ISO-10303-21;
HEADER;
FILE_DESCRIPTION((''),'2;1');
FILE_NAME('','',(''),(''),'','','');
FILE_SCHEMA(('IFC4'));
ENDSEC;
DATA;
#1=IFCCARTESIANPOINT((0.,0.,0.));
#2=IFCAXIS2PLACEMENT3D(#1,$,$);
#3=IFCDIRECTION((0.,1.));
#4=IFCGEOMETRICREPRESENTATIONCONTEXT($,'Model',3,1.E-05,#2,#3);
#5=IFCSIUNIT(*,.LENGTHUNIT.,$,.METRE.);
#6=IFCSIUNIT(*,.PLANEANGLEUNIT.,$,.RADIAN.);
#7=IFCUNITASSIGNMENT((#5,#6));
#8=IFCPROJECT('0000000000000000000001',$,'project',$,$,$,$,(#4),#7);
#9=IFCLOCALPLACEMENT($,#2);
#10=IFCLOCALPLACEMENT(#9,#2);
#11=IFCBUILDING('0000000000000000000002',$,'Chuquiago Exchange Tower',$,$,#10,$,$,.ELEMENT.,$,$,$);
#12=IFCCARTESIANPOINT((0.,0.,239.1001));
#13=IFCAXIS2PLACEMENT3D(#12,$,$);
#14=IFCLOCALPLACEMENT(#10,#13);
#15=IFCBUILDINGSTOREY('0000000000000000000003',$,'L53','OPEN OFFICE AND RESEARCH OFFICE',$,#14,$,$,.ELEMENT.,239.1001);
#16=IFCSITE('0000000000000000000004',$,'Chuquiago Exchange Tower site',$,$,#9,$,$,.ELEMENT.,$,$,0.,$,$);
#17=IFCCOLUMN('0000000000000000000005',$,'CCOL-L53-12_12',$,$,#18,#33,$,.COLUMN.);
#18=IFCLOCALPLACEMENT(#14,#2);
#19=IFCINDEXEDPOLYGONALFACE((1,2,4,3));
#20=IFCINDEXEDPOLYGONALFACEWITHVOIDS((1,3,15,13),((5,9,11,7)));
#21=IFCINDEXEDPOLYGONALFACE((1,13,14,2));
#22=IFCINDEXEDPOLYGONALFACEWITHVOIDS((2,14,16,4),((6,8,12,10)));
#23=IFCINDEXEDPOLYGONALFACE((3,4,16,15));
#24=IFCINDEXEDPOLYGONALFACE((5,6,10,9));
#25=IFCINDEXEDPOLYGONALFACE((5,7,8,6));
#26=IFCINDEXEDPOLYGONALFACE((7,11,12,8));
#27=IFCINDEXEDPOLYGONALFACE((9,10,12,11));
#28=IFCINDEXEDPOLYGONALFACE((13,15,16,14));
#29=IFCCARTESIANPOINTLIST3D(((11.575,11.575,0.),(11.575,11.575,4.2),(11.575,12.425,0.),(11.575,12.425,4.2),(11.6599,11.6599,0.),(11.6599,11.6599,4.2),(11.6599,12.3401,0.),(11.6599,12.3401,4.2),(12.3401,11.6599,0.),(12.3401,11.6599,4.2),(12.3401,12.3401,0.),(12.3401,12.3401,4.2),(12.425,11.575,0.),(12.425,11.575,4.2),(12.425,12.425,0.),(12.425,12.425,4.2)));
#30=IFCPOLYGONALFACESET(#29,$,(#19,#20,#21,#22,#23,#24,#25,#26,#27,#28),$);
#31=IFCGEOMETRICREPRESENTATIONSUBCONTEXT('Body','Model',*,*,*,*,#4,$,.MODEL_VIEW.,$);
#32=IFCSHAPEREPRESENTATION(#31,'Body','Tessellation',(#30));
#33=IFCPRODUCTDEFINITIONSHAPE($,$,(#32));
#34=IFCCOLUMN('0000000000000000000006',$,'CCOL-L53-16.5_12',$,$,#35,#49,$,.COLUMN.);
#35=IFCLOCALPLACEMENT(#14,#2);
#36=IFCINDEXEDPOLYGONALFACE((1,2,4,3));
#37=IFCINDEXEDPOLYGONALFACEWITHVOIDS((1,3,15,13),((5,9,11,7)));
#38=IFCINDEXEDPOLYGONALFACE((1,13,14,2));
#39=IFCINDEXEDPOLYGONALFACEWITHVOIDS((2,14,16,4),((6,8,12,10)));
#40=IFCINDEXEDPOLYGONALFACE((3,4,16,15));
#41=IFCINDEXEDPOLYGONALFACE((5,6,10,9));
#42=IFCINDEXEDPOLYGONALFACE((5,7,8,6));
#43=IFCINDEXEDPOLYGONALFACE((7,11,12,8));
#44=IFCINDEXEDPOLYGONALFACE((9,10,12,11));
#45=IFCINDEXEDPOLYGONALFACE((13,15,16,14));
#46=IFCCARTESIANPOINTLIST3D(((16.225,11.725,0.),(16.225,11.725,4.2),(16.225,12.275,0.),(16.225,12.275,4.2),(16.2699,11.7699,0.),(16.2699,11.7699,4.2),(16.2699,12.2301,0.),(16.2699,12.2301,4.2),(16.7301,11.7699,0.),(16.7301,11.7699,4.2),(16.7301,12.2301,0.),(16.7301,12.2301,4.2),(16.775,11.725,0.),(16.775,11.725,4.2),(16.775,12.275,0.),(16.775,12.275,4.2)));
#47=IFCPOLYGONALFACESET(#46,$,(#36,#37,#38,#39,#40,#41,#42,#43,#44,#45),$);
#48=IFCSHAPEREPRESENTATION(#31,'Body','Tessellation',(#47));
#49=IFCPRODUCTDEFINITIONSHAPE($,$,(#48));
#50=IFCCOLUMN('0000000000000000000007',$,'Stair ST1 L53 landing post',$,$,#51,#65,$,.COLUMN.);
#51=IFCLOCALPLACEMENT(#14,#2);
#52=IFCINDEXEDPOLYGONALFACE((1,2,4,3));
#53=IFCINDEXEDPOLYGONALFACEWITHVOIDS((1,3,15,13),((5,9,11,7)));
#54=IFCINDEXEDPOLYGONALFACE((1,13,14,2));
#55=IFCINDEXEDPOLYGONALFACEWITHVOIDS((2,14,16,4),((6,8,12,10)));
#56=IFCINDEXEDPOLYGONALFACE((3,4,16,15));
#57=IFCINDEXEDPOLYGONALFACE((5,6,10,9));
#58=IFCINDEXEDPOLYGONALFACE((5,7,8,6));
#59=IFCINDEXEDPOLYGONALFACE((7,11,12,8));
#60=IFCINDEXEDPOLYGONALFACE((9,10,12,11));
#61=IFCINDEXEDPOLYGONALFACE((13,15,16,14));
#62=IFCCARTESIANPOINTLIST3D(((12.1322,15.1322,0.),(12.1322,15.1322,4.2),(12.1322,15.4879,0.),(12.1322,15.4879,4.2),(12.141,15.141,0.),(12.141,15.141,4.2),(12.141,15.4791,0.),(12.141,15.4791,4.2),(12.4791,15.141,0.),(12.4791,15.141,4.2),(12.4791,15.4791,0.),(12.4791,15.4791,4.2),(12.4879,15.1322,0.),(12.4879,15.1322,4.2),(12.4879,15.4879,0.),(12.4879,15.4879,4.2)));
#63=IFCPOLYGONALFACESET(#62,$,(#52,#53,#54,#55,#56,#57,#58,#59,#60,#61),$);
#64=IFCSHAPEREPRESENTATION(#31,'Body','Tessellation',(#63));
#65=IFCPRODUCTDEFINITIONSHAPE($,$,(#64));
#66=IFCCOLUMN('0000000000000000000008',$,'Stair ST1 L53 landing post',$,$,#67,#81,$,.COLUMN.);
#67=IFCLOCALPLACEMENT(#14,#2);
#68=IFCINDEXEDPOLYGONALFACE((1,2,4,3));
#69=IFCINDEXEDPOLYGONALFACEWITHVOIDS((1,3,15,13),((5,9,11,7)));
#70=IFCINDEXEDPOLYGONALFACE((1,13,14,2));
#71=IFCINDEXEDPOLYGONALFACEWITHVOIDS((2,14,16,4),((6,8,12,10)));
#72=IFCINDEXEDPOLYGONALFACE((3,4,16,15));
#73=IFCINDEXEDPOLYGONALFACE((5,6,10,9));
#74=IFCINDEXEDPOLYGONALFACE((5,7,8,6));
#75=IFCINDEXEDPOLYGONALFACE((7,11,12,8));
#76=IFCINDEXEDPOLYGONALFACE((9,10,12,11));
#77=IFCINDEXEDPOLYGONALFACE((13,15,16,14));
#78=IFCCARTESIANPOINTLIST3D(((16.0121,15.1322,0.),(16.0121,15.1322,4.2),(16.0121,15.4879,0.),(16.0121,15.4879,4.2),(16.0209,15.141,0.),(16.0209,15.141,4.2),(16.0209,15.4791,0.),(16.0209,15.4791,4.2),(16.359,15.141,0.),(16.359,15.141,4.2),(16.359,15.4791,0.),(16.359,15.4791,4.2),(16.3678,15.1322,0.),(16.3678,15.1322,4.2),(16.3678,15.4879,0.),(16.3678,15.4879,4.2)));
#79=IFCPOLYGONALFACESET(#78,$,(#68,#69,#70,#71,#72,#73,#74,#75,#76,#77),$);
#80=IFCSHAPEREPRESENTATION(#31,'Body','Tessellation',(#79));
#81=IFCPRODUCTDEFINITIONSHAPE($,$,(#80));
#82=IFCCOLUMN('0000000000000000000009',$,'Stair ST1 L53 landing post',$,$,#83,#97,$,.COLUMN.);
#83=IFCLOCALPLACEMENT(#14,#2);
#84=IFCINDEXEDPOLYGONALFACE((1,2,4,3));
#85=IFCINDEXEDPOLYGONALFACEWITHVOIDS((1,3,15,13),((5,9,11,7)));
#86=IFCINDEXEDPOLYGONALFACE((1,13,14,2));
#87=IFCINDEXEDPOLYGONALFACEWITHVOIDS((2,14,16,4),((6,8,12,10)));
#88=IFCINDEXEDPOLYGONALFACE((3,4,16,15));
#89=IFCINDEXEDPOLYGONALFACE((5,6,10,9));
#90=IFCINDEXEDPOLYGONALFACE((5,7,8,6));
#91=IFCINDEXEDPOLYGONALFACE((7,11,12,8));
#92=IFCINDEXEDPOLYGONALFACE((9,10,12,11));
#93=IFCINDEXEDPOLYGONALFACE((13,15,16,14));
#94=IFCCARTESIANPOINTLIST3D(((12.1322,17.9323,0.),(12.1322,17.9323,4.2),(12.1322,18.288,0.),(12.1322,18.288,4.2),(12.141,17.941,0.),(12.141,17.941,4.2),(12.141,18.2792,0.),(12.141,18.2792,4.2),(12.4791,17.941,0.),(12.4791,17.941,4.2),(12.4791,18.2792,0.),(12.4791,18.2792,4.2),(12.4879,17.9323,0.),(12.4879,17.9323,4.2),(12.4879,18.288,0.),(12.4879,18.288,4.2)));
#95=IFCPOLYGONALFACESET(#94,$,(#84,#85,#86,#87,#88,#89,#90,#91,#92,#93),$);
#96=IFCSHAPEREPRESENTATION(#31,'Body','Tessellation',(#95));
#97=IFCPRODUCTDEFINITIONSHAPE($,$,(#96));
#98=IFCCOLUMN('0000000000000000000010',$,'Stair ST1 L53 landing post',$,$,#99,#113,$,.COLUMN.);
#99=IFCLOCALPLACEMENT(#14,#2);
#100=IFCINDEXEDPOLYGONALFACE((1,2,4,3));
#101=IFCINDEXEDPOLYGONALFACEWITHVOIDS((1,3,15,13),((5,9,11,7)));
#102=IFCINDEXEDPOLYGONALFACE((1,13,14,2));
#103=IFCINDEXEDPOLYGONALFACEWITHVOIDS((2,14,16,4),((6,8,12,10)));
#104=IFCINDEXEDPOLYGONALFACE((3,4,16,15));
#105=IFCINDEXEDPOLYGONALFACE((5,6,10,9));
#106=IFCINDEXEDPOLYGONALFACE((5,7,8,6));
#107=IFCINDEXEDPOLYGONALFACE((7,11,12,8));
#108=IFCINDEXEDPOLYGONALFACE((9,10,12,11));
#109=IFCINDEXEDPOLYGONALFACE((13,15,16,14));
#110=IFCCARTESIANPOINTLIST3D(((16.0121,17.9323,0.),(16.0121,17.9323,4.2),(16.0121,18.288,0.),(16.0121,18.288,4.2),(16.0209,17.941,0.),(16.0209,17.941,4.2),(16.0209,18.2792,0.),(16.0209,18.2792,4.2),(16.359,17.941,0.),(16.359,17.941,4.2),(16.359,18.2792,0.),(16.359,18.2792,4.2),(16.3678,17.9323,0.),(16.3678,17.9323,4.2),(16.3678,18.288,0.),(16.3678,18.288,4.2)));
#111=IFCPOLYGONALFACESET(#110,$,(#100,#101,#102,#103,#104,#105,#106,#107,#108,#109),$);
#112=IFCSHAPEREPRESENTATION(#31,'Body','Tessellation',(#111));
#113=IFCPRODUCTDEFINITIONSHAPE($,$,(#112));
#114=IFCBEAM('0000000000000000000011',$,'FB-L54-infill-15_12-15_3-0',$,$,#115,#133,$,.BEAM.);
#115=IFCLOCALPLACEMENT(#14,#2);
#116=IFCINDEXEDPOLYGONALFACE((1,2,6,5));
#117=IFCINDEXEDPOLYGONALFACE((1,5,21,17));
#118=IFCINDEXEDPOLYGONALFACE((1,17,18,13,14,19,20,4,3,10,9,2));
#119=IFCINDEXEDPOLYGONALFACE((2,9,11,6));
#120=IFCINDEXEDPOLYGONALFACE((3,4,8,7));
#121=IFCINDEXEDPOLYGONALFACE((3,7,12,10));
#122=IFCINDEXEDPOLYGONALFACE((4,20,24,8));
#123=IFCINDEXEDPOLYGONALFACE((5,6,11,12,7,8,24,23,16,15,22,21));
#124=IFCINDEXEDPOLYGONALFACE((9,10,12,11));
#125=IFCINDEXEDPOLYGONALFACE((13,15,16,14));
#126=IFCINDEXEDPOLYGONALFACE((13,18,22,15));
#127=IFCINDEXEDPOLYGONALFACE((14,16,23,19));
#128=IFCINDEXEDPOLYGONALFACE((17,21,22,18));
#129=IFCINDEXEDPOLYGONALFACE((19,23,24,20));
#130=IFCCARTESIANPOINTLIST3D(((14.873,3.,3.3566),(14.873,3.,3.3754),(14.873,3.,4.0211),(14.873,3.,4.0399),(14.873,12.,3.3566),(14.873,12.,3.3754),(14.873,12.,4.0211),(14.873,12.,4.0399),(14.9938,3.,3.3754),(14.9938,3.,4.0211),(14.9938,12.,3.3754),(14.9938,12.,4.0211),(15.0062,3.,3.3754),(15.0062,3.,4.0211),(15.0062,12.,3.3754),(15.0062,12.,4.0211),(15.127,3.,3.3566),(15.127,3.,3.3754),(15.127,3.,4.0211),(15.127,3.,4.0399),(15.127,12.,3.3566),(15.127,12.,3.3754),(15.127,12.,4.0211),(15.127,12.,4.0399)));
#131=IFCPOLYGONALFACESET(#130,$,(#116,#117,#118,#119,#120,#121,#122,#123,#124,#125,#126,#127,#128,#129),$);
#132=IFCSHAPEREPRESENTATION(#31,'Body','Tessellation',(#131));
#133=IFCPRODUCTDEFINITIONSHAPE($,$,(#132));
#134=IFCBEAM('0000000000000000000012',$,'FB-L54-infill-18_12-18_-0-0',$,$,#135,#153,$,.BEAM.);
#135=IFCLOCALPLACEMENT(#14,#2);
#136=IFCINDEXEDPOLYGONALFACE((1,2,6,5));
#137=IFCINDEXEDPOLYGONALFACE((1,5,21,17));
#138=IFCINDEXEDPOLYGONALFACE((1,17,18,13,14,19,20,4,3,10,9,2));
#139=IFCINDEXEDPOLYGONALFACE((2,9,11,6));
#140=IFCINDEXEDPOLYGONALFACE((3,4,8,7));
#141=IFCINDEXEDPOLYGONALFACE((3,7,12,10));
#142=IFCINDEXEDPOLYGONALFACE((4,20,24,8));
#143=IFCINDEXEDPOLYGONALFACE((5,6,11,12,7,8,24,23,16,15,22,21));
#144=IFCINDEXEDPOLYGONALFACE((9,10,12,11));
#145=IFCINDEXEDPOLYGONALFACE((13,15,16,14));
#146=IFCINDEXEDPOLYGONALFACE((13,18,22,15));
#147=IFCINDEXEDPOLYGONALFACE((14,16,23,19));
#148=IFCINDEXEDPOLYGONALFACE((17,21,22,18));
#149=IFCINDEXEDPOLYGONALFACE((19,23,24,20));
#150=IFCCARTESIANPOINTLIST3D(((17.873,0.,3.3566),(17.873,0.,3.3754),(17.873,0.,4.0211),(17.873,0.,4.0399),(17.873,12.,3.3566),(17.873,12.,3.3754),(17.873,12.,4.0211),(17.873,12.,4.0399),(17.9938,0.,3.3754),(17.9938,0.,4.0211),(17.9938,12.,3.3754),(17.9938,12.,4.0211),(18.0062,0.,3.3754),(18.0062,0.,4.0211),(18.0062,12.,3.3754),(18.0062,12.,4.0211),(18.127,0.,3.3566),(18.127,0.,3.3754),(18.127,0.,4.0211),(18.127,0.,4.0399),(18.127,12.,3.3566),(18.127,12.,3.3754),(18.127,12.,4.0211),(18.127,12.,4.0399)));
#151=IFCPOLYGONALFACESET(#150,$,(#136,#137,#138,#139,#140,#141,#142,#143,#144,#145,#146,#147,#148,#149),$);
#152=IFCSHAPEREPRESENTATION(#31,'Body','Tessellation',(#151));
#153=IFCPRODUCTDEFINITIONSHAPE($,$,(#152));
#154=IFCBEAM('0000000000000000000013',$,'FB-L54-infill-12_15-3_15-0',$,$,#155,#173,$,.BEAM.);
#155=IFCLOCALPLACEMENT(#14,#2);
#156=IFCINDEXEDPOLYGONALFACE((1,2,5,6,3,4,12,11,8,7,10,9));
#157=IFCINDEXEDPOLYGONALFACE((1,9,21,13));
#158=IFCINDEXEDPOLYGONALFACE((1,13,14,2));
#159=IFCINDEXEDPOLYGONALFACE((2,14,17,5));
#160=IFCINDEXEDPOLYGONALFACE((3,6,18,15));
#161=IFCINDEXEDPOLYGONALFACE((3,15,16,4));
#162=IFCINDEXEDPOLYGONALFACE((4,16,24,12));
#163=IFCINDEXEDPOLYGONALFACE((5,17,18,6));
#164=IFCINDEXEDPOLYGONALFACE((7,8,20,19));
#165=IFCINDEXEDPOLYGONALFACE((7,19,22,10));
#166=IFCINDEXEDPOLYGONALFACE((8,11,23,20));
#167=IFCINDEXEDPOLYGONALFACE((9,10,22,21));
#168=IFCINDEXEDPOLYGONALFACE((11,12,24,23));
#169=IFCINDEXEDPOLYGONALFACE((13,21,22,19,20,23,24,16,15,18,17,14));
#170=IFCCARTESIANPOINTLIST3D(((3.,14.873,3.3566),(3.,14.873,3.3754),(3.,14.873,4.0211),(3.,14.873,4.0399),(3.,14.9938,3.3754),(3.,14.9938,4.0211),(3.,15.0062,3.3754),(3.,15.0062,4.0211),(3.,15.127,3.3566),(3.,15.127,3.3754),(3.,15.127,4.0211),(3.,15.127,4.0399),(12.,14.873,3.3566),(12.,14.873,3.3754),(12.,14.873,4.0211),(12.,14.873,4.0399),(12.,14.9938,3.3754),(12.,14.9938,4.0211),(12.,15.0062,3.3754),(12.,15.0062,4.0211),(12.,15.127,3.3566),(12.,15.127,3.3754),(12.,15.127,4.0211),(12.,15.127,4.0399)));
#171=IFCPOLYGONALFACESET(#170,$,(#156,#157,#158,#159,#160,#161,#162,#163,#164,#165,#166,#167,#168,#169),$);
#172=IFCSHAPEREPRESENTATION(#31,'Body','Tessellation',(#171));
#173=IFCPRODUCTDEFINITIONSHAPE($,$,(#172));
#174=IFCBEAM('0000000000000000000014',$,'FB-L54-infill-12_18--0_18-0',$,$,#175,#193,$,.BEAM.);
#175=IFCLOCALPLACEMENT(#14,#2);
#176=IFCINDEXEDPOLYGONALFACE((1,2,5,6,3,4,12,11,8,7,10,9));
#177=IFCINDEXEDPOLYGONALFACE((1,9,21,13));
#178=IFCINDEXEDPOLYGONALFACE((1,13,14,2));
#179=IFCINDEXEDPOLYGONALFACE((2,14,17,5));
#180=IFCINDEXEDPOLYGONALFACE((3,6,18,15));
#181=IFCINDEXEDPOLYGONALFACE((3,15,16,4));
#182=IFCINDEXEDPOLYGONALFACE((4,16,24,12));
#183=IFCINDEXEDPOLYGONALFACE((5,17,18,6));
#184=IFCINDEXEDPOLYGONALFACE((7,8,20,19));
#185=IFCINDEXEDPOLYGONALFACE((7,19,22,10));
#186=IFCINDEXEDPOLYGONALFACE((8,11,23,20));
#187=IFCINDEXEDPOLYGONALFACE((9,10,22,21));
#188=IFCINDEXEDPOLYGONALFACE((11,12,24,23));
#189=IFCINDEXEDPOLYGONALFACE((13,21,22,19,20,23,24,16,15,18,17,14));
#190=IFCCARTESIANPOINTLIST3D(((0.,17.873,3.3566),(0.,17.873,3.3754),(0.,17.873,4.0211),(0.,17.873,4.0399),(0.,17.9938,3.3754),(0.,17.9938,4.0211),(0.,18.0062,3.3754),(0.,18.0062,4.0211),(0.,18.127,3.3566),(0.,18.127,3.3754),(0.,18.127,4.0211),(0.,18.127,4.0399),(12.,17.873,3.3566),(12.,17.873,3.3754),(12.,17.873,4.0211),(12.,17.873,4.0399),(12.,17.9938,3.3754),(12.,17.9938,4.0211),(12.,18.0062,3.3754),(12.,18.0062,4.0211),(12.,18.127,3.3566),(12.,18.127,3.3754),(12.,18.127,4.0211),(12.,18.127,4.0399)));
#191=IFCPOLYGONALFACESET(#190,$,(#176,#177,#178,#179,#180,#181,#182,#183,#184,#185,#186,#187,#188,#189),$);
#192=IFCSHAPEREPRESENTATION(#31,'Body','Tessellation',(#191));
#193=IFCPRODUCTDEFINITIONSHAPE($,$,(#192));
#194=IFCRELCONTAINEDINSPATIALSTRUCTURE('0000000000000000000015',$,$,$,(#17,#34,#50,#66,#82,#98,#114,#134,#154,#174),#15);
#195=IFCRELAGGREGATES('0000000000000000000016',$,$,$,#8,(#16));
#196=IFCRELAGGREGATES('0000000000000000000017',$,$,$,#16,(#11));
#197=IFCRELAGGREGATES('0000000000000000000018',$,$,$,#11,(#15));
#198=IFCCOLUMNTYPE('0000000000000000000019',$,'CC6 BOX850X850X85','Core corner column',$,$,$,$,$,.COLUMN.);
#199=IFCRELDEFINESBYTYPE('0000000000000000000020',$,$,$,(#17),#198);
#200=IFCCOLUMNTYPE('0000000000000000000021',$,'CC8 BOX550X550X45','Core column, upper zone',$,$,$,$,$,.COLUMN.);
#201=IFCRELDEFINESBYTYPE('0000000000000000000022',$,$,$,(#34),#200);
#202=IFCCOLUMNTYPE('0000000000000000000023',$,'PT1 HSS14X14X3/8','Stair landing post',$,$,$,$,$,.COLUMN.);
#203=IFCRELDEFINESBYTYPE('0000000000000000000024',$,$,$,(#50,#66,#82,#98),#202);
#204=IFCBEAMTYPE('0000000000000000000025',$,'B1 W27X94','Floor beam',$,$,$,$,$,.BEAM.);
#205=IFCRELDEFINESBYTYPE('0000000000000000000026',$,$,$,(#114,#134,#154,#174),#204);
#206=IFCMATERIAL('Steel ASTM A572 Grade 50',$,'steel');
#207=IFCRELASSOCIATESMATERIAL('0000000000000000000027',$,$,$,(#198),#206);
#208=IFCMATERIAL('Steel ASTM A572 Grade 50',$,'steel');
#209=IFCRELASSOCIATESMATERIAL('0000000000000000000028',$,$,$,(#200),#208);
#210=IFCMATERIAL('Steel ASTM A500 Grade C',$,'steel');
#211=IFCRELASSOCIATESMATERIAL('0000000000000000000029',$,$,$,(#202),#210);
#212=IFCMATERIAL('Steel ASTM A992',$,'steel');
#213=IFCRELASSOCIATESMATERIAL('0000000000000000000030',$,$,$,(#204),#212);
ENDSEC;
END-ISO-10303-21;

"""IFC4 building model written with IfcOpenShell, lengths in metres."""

from ifc_helpers import new_model, si_unit, direction, frame, origin, origin_2d, place, context, subcontext, project, spatial, hollow_rectangle, i_section, extrude, material, material_profile, profile_set, type_object, element, save


model = new_model("IFC4")

# Units and contexts
model_context = context("Model", 3, precision=1e-05, world=origin(), true_north=direction((0.0, 1.0)))
body_context = subcontext(model_context, "Body", "Model", "MODEL_VIEW")
ifc_project = project(units=[si_unit("LENGTHUNIT", "METRE"), si_unit("PLANEANGLEUNIT", "RADIAN")], contexts=[model_context])

# Site, building, storey
site_placement = place(None, origin())
site = spatial("IfcSite", under=ifc_project, at=site_placement, Name="Chuquiago Exchange Tower site", CompositionType="ELEMENT", RefElevation=0.0)
building_placement = place(site_placement, origin())
building = spatial("IfcBuilding", under=site, at=building_placement, Name="Chuquiago Exchange Tower", CompositionType="ELEMENT")
storey_placement = place(building_placement, frame((0.0, 0.0, 239.1001)))
storey = spatial("IfcBuildingStorey", under=building, at=storey_placement, Name="L53", Description="OPEN OFFICE AND RESEARCH OFFICE", CompositionType="ELEMENT", Elevation=239.1001)

# Columns
ifc_material_1 = material(Name="Steel ASTM A572 Grade 50", Category="steel")
ifc_material_profile_1 = material_profile(ifc_material_1, hollow_rectangle(XDim=0.8501, YDim=0.8501, WallThickness=0.085, at=origin_2d()), Name="BOX850X850X85")
ifc_profile_set_1 = profile_set([ifc_material_profile_1], Name="Steel ASTM A572 Grade 50")
column_type_1 = type_object("IfcColumnType", Name="CC6 BOX850X850X85", Description="Core corner column", PredefinedType="COLUMN", material=ifc_profile_set_1)
column_1_placement = place(storey_placement, frame((12.0, 12.0, 0.0), z_axis=(0.0, 0.0, 1.0), x_axis=(1.0, 0.0, 0.0)))
element("IfcColumn", 1, at=column_1_placement, inside=storey, type_object=column_type_1, Name="CCOL-L53-12_12", PredefinedType="COLUMN", context=body_context, shape_type="SweptSolid", body=[
    extrude(hollow_rectangle(XDim=0.8501, YDim=0.8501, WallThickness=0.085, at=origin_2d()), origin(), (0.0, 0.0, 1.0), 4.2),
])
ifc_material_2 = material(Name="Steel ASTM A572 Grade 50", Category="steel")
ifc_material_profile_2 = material_profile(ifc_material_2, hollow_rectangle(XDim=0.55, YDim=0.55, WallThickness=0.0449, at=origin_2d()), Name="BOX550X550X45")
ifc_profile_set_2 = profile_set([ifc_material_profile_2], Name="Steel ASTM A572 Grade 50")
column_type_2 = type_object("IfcColumnType", Name="CC8 BOX550X550X45", Description="Core column, upper zone", PredefinedType="COLUMN", material=ifc_profile_set_2)
column_2_placement = place(storey_placement, frame((16.5, 12.0, 0.0), z_axis=(0.0, 0.0, 1.0), x_axis=(1.0, 0.0, 0.0)))
element("IfcColumn", 2, at=column_2_placement, inside=storey, type_object=column_type_2, Name="CCOL-L53-16.5_12", PredefinedType="COLUMN", context=body_context, shape_type="SweptSolid", body=[
    extrude(hollow_rectangle(XDim=0.55, YDim=0.55, WallThickness=0.0449, at=origin_2d()), origin(), (0.0, 0.0, 1.0), 4.2),
])
ifc_material_3 = material(Name="Steel ASTM A500 Grade C", Category="steel")
ifc_material_profile_3 = material_profile(ifc_material_3, hollow_rectangle(XDim=0.3557, YDim=0.3557, WallThickness=0.0088, at=origin_2d()), Name="HSS14X14X3/8")
ifc_profile_set_3 = profile_set([ifc_material_profile_3], Name="Steel ASTM A500 Grade C")
column_type_3 = type_object("IfcColumnType", Name="PT1 HSS14X14X3/8", Description="Stair landing post", PredefinedType="COLUMN", material=ifc_profile_set_3)
for number, where, z_axis, x_axis, name in (
    (3, (12.3101, 15.3101, 0.0), (0.0, 0.0, 1.0), (1.0, 0.0, 0.0), "Stair ST1 L53 landing post"),
    (4, (16.1899, 15.3101, 0.0), (0.0, 0.0, 1.0), (1.0, 0.0, 0.0), "Stair ST1 L53 landing post"),
    (5, (12.3101, 18.1101, 0.0), (0.0, 0.0, 1.0), (1.0, 0.0, 0.0), "Stair ST1 L53 landing post"),
    (6, (16.1899, 18.1101, 0.0), (0.0, 0.0, 1.0), (1.0, 0.0, 0.0), "Stair ST1 L53 landing post"),
):
    element("IfcColumn", number, at=place(storey_placement, frame(where, z_axis=z_axis, x_axis=x_axis)), inside=storey, type_object=column_type_3, Name=name, PredefinedType="COLUMN", context=body_context, shape_type="SweptSolid", body=[
        extrude(hollow_rectangle(XDim=0.3557, YDim=0.3557, WallThickness=0.0088, at=origin_2d()), origin(), (0.0, 0.0, 1.0), 4.2),
    ])

# Beams
ifc_material_4 = material(Name="Steel ASTM A992", Category="steel")
ifc_material_profile_4 = material_profile(ifc_material_4, i_section(OverallWidth=0.2539, OverallDepth=0.6833, WebThickness=0.0125, FlangeThickness=0.0188, at=origin_2d()), Name="W27X94")
ifc_profile_set_4 = profile_set([ifc_material_profile_4], Name="Steel ASTM A992")
beam_type_1 = type_object("IfcBeamType", Name="B1 W27X94", Description="Floor beam", PredefinedType="BEAM", material=ifc_profile_set_4)
beam_1_placement = place(storey_placement, frame((15.0, 12.0, 3.6982), z_axis=(0.0, -1.0, 0.0), x_axis=(1.0, 0.0, 0.0)))
element("IfcBeam", 7, at=beam_1_placement, inside=storey, type_object=beam_type_1, Name="FB-L54-infill-15_12-15_3-0", PredefinedType="BEAM", context=body_context, shape_type="SweptSolid", body=[
    extrude(i_section(OverallWidth=0.2539, OverallDepth=0.6833, WebThickness=0.0125, FlangeThickness=0.0188, at=origin_2d()), origin(), (0.0, 0.0, 1.0), 9.0),
])
beam_2_placement = place(storey_placement, frame((18.0, 12.0, 3.6982), z_axis=(0.0, -1.0, 0.0), x_axis=(1.0, 0.0, 0.0)))
element("IfcBeam", 8, at=beam_2_placement, inside=storey, type_object=beam_type_1, Name="FB-L54-infill-18_12-18_-0-0", PredefinedType="BEAM", context=body_context, shape_type="SweptSolid", body=[
    extrude(i_section(OverallWidth=0.2539, OverallDepth=0.6833, WebThickness=0.0125, FlangeThickness=0.0188, at=origin_2d()), origin(), (0.0, 0.0, 1.0), 12.0),
])
beam_3_placement = place(storey_placement, frame((12.0, 15.0, 3.6982), z_axis=(-1.0, 0.0, 0.0), x_axis=(0.0, -1.0, 0.0)))
element("IfcBeam", 9, at=beam_3_placement, inside=storey, type_object=beam_type_1, Name="FB-L54-infill-12_15-3_15-0", PredefinedType="BEAM", context=body_context, shape_type="SweptSolid", body=[
    extrude(i_section(OverallWidth=0.2539, OverallDepth=0.6833, WebThickness=0.0125, FlangeThickness=0.0188, at=origin_2d()), origin(), (0.0, 0.0, 1.0), 9.0),
])
beam_4_placement = place(storey_placement, frame((12.0, 18.0, 3.6982), z_axis=(-1.0, 0.0, 0.0), x_axis=(0.0, -1.0, 0.0)))
element("IfcBeam", 10, at=beam_4_placement, inside=storey, type_object=beam_type_1, Name="FB-L54-infill-12_18--0_18-0", PredefinedType="BEAM", context=body_context, shape_type="SweptSolid", body=[
    extrude(i_section(OverallWidth=0.2539, OverallDepth=0.6833, WebThickness=0.0125, FlangeThickness=0.0188, at=origin_2d()), origin(), (0.0, 0.0, 1.0), 12.0),
])

save(model, "model.ifc")
